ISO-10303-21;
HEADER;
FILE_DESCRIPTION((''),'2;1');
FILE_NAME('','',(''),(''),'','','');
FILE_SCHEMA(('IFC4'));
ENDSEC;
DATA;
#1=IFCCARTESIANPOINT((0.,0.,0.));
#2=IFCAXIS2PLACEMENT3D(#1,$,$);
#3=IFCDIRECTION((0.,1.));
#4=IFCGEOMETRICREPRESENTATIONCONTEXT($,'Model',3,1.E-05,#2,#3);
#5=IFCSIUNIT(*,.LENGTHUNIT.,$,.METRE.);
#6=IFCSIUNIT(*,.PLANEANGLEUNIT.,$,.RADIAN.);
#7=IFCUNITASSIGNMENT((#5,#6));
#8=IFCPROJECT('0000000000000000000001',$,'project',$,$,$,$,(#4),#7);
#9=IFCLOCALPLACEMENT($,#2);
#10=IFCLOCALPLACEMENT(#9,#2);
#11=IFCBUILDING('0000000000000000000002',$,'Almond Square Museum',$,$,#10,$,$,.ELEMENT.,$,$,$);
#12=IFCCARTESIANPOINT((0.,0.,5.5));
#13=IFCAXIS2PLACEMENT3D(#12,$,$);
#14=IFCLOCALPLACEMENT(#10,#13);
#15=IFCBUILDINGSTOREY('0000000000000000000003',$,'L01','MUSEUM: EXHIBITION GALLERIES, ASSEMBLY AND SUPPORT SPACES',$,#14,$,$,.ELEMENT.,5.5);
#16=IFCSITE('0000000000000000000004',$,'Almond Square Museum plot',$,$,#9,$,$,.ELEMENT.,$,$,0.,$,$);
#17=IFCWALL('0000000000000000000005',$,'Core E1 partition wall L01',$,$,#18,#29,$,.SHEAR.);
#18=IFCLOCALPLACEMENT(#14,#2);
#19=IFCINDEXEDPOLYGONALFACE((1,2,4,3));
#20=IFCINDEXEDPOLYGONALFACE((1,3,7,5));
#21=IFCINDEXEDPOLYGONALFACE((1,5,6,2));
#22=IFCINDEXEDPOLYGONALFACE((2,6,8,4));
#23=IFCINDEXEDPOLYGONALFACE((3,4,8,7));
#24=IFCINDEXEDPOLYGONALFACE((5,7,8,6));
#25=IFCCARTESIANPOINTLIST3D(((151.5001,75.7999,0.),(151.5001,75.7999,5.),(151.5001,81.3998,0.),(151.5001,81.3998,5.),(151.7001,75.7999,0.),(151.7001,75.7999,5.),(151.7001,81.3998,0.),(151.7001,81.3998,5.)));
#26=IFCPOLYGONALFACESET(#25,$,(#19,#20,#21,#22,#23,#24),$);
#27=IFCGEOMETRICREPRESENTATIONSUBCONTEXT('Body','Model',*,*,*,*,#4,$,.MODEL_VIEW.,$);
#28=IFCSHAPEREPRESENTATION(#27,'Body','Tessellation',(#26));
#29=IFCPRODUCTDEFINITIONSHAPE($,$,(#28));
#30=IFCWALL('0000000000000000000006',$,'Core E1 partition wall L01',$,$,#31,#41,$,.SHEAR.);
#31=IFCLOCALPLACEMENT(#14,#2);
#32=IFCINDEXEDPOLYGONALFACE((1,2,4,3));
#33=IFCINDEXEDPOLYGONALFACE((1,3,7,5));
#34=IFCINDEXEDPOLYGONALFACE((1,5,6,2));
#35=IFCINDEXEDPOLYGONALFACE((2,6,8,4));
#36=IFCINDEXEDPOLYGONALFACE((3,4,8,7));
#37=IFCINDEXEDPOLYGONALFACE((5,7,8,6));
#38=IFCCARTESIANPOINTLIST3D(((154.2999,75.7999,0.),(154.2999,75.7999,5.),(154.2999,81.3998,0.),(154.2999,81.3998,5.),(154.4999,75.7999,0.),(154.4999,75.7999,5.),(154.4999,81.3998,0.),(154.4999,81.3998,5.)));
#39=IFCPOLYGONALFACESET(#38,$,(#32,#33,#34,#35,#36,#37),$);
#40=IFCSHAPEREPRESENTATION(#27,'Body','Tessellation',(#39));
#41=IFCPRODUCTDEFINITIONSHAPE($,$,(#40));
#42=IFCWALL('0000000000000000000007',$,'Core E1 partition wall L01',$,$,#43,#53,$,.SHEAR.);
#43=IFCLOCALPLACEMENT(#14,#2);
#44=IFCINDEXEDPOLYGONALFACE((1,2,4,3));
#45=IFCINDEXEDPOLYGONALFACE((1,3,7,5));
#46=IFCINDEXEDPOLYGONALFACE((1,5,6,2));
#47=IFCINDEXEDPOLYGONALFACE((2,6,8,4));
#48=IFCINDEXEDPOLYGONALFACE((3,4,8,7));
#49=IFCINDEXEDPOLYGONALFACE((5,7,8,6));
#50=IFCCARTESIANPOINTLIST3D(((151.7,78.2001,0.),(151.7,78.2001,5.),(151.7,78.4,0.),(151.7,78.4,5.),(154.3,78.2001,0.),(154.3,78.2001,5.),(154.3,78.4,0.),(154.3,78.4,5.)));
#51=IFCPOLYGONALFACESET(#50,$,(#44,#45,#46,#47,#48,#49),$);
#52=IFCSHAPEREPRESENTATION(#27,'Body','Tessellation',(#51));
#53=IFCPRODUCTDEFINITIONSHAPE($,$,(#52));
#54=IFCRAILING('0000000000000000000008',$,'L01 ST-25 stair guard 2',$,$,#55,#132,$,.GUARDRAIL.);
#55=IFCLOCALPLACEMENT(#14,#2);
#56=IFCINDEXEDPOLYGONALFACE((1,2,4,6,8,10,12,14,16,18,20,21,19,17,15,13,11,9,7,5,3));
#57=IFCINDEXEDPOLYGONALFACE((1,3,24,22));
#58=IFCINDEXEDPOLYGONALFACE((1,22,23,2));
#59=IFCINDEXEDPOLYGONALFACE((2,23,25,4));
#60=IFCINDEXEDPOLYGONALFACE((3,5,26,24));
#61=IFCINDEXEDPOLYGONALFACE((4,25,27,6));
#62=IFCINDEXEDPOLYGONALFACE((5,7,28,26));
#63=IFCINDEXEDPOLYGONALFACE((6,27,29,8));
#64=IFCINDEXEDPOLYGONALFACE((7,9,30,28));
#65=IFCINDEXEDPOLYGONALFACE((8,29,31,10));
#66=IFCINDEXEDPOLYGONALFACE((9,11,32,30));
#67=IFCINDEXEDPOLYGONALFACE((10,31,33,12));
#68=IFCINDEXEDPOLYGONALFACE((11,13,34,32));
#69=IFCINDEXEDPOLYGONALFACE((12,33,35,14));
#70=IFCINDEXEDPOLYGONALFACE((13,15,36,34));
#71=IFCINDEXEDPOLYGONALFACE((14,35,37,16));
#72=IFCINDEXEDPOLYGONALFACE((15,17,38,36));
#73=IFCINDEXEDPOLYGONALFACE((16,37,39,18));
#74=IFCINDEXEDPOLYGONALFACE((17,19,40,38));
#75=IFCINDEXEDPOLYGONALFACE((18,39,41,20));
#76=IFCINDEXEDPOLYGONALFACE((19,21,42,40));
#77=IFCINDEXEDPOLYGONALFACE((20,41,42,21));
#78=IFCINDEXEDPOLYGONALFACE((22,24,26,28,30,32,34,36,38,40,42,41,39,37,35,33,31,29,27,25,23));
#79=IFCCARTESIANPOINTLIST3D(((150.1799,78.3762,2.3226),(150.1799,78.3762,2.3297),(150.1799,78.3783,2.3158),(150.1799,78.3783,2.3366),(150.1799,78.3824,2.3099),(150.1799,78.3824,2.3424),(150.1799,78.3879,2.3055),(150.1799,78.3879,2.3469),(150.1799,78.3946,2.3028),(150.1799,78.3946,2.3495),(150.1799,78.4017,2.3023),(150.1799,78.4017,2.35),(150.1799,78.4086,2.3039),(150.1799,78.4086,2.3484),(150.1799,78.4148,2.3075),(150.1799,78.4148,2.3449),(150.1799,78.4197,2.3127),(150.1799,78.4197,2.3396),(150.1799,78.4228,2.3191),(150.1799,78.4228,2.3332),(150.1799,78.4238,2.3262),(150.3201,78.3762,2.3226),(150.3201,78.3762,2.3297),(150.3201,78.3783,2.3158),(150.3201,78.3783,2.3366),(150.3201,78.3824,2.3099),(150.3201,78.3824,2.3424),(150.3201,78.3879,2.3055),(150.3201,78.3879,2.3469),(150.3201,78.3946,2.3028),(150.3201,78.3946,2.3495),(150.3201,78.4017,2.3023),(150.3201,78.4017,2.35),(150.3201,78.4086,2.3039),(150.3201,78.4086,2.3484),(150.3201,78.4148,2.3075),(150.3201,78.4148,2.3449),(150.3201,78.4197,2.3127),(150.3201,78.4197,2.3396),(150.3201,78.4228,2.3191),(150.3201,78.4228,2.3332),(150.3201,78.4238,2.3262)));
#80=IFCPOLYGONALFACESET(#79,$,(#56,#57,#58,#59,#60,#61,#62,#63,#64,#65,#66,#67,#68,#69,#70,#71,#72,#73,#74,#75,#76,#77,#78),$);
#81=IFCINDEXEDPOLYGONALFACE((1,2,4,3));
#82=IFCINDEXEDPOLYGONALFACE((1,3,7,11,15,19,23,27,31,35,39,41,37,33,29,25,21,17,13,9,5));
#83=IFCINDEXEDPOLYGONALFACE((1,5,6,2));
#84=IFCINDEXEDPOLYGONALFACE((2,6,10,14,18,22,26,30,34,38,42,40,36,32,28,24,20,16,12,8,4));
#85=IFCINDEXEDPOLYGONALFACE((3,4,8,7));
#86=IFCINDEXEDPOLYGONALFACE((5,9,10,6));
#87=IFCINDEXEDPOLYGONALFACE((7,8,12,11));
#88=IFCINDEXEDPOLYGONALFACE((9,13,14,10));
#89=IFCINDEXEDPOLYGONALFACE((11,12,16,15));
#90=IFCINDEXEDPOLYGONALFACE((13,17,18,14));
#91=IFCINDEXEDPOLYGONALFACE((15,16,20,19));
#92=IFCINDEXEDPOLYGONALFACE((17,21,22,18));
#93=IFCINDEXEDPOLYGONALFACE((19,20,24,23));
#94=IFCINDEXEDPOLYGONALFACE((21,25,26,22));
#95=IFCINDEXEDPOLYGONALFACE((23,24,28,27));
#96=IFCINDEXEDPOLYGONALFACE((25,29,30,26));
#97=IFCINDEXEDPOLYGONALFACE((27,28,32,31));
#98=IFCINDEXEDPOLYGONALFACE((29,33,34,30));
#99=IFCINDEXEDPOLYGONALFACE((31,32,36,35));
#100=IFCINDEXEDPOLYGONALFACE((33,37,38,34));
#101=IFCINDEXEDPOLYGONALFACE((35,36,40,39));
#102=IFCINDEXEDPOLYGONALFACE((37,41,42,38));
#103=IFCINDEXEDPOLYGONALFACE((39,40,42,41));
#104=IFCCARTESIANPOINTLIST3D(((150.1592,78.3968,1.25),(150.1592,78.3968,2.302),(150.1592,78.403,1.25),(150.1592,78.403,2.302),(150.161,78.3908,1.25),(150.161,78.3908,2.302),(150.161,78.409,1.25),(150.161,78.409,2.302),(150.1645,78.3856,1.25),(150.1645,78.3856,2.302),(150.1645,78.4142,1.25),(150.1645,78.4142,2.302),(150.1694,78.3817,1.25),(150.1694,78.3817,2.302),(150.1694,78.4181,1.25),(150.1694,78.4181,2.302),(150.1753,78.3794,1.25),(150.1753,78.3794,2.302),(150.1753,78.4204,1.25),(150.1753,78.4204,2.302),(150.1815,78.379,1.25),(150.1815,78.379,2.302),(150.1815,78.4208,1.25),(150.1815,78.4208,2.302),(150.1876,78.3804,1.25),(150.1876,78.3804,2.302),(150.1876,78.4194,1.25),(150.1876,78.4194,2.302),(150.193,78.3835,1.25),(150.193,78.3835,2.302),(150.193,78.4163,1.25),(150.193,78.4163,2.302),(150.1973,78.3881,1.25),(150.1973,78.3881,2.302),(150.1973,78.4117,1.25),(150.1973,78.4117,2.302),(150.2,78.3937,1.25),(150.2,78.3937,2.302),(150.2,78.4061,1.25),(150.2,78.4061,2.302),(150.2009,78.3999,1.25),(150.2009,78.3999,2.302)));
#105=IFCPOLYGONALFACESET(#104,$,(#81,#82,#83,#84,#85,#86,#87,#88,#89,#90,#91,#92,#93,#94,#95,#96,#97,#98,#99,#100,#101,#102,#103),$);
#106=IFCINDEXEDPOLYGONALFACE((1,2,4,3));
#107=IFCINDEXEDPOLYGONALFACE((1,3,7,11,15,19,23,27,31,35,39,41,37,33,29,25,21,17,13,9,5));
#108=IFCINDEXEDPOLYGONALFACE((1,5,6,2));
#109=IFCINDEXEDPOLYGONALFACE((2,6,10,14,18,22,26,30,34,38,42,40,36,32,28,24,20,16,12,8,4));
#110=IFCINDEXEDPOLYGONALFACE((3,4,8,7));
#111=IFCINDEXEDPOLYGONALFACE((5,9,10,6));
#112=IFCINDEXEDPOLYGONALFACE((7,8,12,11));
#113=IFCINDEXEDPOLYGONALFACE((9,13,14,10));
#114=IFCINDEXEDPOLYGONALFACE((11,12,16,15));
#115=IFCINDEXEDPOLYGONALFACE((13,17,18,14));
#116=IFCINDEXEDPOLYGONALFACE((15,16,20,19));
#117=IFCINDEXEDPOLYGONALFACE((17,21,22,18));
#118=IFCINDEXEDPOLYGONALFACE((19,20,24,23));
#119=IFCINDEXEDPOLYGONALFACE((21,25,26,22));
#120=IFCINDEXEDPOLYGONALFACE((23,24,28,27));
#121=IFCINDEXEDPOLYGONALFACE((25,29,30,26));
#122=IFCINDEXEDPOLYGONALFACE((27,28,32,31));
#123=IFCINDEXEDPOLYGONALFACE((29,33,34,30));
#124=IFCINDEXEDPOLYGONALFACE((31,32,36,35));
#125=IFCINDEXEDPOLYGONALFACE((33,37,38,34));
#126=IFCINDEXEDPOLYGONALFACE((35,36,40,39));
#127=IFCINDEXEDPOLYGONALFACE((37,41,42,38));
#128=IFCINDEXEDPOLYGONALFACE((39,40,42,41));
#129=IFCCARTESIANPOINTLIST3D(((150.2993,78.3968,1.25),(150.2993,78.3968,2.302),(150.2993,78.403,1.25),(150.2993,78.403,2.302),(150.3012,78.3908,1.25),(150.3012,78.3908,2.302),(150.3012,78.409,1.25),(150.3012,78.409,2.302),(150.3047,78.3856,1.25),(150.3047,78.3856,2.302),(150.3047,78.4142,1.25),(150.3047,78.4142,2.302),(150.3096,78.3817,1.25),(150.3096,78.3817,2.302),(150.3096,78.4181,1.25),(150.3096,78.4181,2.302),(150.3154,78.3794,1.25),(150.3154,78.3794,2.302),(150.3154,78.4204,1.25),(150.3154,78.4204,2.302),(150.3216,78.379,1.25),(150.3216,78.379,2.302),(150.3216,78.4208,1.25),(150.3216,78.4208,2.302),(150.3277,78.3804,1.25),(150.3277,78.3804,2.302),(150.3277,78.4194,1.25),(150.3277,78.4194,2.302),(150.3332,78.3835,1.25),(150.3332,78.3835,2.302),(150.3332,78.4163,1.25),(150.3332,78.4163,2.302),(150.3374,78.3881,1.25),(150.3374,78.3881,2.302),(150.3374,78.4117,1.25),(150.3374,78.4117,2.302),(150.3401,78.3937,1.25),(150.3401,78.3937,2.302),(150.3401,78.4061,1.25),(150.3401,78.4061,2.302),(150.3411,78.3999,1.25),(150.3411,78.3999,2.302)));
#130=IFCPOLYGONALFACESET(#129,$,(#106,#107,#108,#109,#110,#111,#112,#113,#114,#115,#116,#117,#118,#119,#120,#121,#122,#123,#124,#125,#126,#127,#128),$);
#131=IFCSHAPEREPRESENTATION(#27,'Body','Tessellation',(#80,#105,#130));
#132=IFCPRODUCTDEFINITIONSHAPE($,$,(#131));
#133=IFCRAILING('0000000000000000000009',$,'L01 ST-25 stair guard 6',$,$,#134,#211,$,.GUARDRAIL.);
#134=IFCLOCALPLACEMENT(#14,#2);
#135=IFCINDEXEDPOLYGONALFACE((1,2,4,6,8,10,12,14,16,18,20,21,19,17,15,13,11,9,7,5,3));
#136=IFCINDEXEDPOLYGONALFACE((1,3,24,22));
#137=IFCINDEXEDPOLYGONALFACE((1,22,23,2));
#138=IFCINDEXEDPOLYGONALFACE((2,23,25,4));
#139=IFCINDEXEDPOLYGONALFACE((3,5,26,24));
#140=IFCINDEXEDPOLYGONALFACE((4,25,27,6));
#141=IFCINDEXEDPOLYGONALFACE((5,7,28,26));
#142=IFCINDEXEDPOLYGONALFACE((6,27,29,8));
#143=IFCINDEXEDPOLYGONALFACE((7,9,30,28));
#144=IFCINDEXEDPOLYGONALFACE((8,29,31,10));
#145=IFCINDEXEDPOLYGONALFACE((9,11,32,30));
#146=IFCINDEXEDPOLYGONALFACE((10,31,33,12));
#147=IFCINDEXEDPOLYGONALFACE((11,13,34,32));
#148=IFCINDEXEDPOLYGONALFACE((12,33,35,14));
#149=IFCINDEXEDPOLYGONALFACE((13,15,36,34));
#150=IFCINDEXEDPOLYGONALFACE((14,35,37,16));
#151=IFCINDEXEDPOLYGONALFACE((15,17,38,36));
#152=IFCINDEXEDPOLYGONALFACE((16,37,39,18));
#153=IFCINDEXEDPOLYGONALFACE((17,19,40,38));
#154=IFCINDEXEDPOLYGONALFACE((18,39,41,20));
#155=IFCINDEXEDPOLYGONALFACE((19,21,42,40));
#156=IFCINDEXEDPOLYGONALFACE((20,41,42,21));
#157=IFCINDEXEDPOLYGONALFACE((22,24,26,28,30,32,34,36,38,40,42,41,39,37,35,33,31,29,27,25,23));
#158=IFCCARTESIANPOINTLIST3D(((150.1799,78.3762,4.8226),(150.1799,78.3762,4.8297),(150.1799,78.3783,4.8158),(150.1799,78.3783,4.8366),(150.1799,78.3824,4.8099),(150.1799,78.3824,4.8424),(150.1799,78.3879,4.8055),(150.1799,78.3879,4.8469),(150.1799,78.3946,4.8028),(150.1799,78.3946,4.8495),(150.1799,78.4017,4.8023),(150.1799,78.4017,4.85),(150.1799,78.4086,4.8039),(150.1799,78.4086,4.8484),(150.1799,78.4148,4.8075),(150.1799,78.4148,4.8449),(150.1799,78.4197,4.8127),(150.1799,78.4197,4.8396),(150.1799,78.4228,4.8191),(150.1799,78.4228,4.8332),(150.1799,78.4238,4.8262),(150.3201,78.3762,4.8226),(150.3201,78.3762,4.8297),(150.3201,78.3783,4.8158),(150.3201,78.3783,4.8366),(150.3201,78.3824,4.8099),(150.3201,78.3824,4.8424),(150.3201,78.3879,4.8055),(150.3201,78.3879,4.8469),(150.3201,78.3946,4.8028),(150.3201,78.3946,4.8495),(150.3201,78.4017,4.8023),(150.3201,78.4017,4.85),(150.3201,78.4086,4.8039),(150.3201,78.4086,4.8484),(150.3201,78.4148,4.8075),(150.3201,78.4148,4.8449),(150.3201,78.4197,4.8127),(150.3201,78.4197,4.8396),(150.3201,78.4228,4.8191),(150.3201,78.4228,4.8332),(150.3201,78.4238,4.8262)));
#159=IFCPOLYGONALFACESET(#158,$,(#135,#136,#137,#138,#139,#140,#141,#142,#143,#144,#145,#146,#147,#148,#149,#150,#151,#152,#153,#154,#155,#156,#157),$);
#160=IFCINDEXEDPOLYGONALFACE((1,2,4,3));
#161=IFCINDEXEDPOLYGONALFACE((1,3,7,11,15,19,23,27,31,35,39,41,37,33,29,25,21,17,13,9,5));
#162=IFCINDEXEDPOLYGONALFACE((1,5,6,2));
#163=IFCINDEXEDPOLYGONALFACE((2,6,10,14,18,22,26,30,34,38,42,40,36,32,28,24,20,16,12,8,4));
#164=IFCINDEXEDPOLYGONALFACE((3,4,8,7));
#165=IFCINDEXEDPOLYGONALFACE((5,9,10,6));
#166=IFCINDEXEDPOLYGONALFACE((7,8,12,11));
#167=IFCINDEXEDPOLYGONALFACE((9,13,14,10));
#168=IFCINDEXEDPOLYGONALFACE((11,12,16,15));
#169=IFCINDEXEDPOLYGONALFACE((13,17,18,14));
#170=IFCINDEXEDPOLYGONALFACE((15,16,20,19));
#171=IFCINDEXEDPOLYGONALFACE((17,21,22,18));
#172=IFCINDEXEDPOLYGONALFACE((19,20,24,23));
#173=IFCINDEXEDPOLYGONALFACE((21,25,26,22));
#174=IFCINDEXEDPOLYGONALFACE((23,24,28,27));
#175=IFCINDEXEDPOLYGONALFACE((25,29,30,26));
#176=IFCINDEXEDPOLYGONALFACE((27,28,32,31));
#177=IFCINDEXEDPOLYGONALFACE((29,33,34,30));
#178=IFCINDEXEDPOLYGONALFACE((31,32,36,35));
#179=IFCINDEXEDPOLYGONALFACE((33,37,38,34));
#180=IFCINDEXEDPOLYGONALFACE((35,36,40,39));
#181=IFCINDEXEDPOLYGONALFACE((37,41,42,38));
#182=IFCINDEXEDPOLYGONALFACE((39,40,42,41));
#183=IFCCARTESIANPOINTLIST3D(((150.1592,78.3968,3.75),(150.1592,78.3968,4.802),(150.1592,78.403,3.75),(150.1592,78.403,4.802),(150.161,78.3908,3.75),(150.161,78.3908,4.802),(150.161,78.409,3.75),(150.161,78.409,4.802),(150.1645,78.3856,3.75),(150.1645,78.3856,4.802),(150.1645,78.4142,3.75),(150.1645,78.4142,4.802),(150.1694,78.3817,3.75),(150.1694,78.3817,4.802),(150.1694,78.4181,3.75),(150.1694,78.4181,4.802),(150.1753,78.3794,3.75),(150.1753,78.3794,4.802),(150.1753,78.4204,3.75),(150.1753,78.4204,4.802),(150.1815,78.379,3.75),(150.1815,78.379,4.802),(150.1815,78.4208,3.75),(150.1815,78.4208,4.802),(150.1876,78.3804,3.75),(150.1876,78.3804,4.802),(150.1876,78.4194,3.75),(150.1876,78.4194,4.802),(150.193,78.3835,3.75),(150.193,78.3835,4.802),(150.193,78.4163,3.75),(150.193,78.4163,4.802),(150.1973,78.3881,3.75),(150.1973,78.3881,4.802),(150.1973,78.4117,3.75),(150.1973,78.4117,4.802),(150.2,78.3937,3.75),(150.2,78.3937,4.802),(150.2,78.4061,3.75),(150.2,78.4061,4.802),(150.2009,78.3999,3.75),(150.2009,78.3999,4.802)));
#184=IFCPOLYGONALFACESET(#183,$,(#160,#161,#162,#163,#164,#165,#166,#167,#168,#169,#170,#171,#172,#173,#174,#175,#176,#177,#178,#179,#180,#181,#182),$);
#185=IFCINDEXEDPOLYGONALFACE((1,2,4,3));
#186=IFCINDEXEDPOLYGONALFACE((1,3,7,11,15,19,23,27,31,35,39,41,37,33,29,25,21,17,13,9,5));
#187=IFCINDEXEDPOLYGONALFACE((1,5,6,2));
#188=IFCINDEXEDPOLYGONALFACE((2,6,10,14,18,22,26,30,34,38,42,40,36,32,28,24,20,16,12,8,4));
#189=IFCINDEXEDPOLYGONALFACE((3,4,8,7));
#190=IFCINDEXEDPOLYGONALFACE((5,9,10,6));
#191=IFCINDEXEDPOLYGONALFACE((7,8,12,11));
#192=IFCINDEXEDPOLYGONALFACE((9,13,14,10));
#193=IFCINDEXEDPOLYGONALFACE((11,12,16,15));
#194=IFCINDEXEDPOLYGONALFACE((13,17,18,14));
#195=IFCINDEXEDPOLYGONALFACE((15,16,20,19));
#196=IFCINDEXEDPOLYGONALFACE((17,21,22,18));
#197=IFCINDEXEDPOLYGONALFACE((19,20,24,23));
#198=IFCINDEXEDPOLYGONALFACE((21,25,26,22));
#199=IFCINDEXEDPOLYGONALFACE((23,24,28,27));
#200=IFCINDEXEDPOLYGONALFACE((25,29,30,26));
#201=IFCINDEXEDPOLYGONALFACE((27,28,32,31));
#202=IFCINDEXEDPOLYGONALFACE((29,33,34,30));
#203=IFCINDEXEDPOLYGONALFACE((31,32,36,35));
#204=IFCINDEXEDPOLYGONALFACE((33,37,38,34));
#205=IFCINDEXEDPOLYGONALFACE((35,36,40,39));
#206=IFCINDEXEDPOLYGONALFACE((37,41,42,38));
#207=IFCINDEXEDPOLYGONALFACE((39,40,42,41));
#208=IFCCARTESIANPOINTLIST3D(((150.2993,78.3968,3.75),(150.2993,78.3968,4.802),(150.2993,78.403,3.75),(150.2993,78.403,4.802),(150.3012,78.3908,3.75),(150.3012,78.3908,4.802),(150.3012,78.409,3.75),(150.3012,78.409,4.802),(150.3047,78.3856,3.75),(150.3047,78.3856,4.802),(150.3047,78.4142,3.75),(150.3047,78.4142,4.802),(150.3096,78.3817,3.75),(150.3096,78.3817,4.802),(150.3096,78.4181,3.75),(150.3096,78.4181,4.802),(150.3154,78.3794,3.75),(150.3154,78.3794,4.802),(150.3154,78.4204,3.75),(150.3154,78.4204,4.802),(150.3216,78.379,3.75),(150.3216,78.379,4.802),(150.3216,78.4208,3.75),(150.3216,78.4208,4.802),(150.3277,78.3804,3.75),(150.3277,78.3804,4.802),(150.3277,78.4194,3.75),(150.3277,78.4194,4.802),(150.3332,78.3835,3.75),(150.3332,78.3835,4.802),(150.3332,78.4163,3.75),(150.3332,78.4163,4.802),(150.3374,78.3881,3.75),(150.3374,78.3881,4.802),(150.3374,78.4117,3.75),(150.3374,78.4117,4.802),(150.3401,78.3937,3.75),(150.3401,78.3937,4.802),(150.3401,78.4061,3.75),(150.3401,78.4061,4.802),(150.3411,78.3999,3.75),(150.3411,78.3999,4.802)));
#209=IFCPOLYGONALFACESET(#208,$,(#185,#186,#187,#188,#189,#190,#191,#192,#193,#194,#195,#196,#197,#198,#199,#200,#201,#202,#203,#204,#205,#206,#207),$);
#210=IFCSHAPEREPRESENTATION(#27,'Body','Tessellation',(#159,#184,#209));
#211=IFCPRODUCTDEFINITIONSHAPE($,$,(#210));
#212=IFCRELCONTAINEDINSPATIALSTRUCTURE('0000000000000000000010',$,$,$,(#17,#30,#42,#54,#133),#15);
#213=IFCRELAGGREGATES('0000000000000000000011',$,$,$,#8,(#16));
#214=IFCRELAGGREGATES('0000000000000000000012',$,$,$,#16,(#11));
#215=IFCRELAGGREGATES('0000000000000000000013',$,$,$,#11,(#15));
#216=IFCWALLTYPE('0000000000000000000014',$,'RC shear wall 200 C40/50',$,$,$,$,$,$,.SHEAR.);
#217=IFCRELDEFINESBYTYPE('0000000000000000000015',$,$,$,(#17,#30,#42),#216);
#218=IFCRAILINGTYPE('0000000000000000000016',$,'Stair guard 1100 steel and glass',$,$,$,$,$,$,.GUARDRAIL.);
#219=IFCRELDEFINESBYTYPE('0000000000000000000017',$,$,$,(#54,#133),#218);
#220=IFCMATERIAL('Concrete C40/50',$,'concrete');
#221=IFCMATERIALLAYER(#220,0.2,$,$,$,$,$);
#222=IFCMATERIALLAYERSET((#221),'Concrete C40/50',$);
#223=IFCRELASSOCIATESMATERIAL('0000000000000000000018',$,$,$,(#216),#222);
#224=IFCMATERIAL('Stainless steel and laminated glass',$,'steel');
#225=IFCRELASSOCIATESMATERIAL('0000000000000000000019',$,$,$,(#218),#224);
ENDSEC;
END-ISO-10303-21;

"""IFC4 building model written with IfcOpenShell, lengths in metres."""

from ifc_helpers import new_model, si_unit, direction, frame, frame_2d, origin, origin_2d, place, context, subcontext, project, spatial, rectangle, circle, extrude, material, layer, layer_set, type_object, element, save


model = new_model("IFC4")

# Units and contexts
model_context = context("Model", 3, precision=1e-05, world=origin(), true_north=direction((0.0, 1.0)))
body_context = subcontext(model_context, "Body", "Model", "MODEL_VIEW")
ifc_project = project(units=[si_unit("LENGTHUNIT", "METRE"), si_unit("PLANEANGLEUNIT", "RADIAN")], contexts=[model_context])

# Site, building, storey
site_placement = place(None, origin())
site = spatial("IfcSite", under=ifc_project, at=site_placement, Name="Almond Square Museum plot", CompositionType="ELEMENT", RefElevation=0.0)
building_placement = place(site_placement, origin())
building = spatial("IfcBuilding", under=site, at=building_placement, Name="Almond Square Museum", CompositionType="ELEMENT")
storey_placement = place(building_placement, frame((0.0, 0.0, 5.5)))
storey = spatial("IfcBuildingStorey", under=building, at=storey_placement, Name="L01", Description="MUSEUM: EXHIBITION GALLERIES, ASSEMBLY AND SUPPORT SPACES", CompositionType="ELEMENT", Elevation=5.5)

# Walls
ifc_material_1 = material(Name="Concrete C40/50", Category="concrete")
ifc_layer_1 = layer(ifc_material_1, 0.2)
ifc_layer_set_1 = layer_set([ifc_layer_1], Name="Concrete C40/50")
wall_type_1 = type_object("IfcWallType", Name="RC shear wall 200 C40/50", PredefinedType="SHEAR", material=ifc_layer_set_1)
for number, where, z_axis, x_axis, name in (
    (1, (151.6001, 75.8, 0.0), (0.0, 0.0, 1.0), (0.0, 1.0, 0.0), "Core E1 partition wall L01"),
    (2, (154.3999, 75.8, 0.0), (0.0, 0.0, 1.0), (0.0, 1.0, 0.0), "Core E1 partition wall L01"),
):
    element("IfcWall", number, at=place(storey_placement, frame(where, z_axis=z_axis, x_axis=x_axis)), inside=storey, type_object=wall_type_1, Name=name, PredefinedType="SHEAR", context=body_context, shape_type="SweptSolid", body=[
        extrude(rectangle(XDim=5.5999, YDim=0.2, at=frame_2d((2.7998, 0.0))), origin(), (0.0, 0.0, 1.0), 5.0),
    ])
wall_1_placement = place(storey_placement, frame((151.7, 78.3, 0.0), z_axis=(0.0, 0.0, 1.0), x_axis=(1.0, 0.0, 0.0)))
element("IfcWall", 3, at=wall_1_placement, inside=storey, type_object=wall_type_1, Name="Core E1 partition wall L01", PredefinedType="SHEAR", context=body_context, shape_type="SweptSolid", body=[
    extrude(rectangle(XDim=2.6001, YDim=0.2, at=frame_2d((1.3, 0.0))), origin(), (0.0, 0.0, 1.0), 5.0),
])

# Railings
ifc_material_2 = material(Name="Stainless steel and laminated glass", Category="steel")
railing_type = type_object("IfcRailingType", Name="Stair guard 1100 steel and glass", PredefinedType="GUARDRAIL", material=ifc_material_2)
for number, where, name in (
    (4, (150.1799, 78.3999, 1.25), "L01 ST-25 stair guard 2"),
    (5, (150.1799, 78.3999, 3.75), "L01 ST-25 stair guard 6"),
):
    element("IfcRailing", number, at=place(storey_placement, frame(where)), inside=storey, type_object=railing_type, Name=name, PredefinedType="GUARDRAIL", context=body_context, shape_type="SweptSolid", body=[
        extrude(circle(Radius=0.0239, at=origin_2d()), frame((0.0, 0.0, 1.0762), z_axis=(1.0, 0.0, 0.0), x_axis=(0.0, 1.0, 0.0)), (0.0, 0.0, 1.0), 0.1401),
        extrude(circle(Radius=0.021, at=origin_2d()), origin(), (0.0, 0.0, 1.0), 1.052),
        extrude(circle(Radius=0.021, at=origin_2d()), frame((0.1401, 0.0, 0.0)), (0.0, 0.0, 1.0), 1.052),
    ])

save(model, "model.ifc")
